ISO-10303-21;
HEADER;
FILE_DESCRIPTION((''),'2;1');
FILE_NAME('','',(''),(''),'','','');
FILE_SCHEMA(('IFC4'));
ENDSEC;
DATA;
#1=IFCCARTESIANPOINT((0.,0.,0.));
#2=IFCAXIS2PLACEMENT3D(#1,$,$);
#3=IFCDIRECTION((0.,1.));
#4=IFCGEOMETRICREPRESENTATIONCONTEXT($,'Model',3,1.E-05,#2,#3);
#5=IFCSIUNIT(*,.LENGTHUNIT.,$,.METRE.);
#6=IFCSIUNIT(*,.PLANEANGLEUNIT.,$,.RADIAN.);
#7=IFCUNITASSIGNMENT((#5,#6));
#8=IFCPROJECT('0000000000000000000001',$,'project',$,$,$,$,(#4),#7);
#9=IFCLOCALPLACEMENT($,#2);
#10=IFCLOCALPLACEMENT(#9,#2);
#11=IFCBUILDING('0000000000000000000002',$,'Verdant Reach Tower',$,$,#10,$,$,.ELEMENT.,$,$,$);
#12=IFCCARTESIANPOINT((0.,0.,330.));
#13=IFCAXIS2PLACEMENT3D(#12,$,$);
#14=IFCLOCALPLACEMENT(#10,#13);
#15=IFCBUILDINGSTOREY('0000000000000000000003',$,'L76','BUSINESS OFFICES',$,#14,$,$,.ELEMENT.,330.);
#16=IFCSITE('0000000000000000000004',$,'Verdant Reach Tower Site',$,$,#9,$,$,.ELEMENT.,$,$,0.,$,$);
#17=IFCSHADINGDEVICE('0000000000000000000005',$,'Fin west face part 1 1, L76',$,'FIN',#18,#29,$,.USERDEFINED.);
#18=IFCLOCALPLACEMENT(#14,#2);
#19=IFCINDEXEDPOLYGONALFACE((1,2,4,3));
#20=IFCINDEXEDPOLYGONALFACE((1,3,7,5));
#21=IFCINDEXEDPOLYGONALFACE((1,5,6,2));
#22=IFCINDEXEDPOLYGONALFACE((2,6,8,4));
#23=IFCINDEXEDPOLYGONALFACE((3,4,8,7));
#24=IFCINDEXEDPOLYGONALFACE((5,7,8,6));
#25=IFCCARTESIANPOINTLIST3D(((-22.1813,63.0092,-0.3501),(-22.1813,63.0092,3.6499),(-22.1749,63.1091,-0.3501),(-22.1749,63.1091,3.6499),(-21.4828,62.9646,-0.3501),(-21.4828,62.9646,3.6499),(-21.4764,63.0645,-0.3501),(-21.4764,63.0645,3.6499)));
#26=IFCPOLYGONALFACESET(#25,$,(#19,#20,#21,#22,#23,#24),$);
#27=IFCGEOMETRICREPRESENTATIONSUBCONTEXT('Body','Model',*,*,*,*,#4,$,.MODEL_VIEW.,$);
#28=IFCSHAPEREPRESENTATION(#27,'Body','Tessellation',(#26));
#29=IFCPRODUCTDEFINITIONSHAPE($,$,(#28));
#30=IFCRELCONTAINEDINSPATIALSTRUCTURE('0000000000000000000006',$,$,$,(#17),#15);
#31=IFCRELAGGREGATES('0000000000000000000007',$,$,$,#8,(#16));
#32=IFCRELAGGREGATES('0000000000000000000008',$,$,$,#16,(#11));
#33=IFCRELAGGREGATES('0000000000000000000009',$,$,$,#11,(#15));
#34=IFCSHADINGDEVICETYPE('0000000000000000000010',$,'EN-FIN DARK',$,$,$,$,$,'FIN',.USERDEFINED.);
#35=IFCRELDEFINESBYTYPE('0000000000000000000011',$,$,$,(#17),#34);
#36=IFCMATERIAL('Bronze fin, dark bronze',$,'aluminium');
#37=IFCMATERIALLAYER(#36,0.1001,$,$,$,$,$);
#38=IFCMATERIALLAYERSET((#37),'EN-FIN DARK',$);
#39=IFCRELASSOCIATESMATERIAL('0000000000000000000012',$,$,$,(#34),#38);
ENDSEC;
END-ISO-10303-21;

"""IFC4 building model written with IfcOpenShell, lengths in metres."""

from ifc_helpers import new_model, si_unit, direction, frame, origin, origin_2d, place, context, subcontext, project, spatial, rectangle, extrude, material, layer, layer_set, type_object, element, save


model = new_model("IFC4")

# Units and contexts
model_context = context("Model", 3, precision=1e-05, world=origin(), true_north=direction((0.0, 1.0)))
body_context = subcontext(model_context, "Body", "Model", "MODEL_VIEW")
ifc_project = project(units=[si_unit("LENGTHUNIT", "METRE"), si_unit("PLANEANGLEUNIT", "RADIAN")], contexts=[model_context])

# Site, building, storey
site_placement = place(None, origin())
site = spatial("IfcSite", under=ifc_project, at=site_placement, Name="Verdant Reach Tower Site", CompositionType="ELEMENT", RefElevation=0.0)
building_placement = place(site_placement, origin())
building = spatial("IfcBuilding", under=site, at=building_placement, Name="Verdant Reach Tower", CompositionType="ELEMENT")
storey_placement = place(building_placement, frame((0.0, 0.0, 330.0)))
storey = spatial("IfcBuildingStorey", under=building, at=storey_placement, Name="L76", Description="BUSINESS OFFICES", CompositionType="ELEMENT", Elevation=330.0)

# Shading device
ifc_material_1 = material(Name="Bronze fin, dark bronze", Category="aluminium")
ifc_layer_1 = layer(ifc_material_1, 0.1001)
ifc_layer_set_1 = layer_set([ifc_layer_1], Name="EN-FIN DARK")
shading_device_type_1 = type_object("IfcShadingDeviceType", Name="EN-FIN DARK", ElementType="FIN", PredefinedType="USERDEFINED", material=ifc_layer_set_1)
for number, where, z_axis, x_axis, name in (
    (1, (-21.8289, 63.0369, -0.3501), (0.0, 0.0, 1.0), (-0.063699, -0.997969, 0.0), "Fin west face part 1 1, L76"),
):
    element("IfcShadingDevice", number, at=place(storey_placement, frame(where, z_axis=z_axis, x_axis=x_axis)), inside=storey, type_object=shading_device_type_1, Name=name, ObjectType="FIN", PredefinedType="USERDEFINED", context=body_context, shape_type="SweptSolid", body=[
        extrude(rectangle(XDim=0.1001, YDim=0.7, at=origin_2d()), origin(), (0.0, 0.0, 1.0), 4.0),
    ])

save(model, "model.ifc")
